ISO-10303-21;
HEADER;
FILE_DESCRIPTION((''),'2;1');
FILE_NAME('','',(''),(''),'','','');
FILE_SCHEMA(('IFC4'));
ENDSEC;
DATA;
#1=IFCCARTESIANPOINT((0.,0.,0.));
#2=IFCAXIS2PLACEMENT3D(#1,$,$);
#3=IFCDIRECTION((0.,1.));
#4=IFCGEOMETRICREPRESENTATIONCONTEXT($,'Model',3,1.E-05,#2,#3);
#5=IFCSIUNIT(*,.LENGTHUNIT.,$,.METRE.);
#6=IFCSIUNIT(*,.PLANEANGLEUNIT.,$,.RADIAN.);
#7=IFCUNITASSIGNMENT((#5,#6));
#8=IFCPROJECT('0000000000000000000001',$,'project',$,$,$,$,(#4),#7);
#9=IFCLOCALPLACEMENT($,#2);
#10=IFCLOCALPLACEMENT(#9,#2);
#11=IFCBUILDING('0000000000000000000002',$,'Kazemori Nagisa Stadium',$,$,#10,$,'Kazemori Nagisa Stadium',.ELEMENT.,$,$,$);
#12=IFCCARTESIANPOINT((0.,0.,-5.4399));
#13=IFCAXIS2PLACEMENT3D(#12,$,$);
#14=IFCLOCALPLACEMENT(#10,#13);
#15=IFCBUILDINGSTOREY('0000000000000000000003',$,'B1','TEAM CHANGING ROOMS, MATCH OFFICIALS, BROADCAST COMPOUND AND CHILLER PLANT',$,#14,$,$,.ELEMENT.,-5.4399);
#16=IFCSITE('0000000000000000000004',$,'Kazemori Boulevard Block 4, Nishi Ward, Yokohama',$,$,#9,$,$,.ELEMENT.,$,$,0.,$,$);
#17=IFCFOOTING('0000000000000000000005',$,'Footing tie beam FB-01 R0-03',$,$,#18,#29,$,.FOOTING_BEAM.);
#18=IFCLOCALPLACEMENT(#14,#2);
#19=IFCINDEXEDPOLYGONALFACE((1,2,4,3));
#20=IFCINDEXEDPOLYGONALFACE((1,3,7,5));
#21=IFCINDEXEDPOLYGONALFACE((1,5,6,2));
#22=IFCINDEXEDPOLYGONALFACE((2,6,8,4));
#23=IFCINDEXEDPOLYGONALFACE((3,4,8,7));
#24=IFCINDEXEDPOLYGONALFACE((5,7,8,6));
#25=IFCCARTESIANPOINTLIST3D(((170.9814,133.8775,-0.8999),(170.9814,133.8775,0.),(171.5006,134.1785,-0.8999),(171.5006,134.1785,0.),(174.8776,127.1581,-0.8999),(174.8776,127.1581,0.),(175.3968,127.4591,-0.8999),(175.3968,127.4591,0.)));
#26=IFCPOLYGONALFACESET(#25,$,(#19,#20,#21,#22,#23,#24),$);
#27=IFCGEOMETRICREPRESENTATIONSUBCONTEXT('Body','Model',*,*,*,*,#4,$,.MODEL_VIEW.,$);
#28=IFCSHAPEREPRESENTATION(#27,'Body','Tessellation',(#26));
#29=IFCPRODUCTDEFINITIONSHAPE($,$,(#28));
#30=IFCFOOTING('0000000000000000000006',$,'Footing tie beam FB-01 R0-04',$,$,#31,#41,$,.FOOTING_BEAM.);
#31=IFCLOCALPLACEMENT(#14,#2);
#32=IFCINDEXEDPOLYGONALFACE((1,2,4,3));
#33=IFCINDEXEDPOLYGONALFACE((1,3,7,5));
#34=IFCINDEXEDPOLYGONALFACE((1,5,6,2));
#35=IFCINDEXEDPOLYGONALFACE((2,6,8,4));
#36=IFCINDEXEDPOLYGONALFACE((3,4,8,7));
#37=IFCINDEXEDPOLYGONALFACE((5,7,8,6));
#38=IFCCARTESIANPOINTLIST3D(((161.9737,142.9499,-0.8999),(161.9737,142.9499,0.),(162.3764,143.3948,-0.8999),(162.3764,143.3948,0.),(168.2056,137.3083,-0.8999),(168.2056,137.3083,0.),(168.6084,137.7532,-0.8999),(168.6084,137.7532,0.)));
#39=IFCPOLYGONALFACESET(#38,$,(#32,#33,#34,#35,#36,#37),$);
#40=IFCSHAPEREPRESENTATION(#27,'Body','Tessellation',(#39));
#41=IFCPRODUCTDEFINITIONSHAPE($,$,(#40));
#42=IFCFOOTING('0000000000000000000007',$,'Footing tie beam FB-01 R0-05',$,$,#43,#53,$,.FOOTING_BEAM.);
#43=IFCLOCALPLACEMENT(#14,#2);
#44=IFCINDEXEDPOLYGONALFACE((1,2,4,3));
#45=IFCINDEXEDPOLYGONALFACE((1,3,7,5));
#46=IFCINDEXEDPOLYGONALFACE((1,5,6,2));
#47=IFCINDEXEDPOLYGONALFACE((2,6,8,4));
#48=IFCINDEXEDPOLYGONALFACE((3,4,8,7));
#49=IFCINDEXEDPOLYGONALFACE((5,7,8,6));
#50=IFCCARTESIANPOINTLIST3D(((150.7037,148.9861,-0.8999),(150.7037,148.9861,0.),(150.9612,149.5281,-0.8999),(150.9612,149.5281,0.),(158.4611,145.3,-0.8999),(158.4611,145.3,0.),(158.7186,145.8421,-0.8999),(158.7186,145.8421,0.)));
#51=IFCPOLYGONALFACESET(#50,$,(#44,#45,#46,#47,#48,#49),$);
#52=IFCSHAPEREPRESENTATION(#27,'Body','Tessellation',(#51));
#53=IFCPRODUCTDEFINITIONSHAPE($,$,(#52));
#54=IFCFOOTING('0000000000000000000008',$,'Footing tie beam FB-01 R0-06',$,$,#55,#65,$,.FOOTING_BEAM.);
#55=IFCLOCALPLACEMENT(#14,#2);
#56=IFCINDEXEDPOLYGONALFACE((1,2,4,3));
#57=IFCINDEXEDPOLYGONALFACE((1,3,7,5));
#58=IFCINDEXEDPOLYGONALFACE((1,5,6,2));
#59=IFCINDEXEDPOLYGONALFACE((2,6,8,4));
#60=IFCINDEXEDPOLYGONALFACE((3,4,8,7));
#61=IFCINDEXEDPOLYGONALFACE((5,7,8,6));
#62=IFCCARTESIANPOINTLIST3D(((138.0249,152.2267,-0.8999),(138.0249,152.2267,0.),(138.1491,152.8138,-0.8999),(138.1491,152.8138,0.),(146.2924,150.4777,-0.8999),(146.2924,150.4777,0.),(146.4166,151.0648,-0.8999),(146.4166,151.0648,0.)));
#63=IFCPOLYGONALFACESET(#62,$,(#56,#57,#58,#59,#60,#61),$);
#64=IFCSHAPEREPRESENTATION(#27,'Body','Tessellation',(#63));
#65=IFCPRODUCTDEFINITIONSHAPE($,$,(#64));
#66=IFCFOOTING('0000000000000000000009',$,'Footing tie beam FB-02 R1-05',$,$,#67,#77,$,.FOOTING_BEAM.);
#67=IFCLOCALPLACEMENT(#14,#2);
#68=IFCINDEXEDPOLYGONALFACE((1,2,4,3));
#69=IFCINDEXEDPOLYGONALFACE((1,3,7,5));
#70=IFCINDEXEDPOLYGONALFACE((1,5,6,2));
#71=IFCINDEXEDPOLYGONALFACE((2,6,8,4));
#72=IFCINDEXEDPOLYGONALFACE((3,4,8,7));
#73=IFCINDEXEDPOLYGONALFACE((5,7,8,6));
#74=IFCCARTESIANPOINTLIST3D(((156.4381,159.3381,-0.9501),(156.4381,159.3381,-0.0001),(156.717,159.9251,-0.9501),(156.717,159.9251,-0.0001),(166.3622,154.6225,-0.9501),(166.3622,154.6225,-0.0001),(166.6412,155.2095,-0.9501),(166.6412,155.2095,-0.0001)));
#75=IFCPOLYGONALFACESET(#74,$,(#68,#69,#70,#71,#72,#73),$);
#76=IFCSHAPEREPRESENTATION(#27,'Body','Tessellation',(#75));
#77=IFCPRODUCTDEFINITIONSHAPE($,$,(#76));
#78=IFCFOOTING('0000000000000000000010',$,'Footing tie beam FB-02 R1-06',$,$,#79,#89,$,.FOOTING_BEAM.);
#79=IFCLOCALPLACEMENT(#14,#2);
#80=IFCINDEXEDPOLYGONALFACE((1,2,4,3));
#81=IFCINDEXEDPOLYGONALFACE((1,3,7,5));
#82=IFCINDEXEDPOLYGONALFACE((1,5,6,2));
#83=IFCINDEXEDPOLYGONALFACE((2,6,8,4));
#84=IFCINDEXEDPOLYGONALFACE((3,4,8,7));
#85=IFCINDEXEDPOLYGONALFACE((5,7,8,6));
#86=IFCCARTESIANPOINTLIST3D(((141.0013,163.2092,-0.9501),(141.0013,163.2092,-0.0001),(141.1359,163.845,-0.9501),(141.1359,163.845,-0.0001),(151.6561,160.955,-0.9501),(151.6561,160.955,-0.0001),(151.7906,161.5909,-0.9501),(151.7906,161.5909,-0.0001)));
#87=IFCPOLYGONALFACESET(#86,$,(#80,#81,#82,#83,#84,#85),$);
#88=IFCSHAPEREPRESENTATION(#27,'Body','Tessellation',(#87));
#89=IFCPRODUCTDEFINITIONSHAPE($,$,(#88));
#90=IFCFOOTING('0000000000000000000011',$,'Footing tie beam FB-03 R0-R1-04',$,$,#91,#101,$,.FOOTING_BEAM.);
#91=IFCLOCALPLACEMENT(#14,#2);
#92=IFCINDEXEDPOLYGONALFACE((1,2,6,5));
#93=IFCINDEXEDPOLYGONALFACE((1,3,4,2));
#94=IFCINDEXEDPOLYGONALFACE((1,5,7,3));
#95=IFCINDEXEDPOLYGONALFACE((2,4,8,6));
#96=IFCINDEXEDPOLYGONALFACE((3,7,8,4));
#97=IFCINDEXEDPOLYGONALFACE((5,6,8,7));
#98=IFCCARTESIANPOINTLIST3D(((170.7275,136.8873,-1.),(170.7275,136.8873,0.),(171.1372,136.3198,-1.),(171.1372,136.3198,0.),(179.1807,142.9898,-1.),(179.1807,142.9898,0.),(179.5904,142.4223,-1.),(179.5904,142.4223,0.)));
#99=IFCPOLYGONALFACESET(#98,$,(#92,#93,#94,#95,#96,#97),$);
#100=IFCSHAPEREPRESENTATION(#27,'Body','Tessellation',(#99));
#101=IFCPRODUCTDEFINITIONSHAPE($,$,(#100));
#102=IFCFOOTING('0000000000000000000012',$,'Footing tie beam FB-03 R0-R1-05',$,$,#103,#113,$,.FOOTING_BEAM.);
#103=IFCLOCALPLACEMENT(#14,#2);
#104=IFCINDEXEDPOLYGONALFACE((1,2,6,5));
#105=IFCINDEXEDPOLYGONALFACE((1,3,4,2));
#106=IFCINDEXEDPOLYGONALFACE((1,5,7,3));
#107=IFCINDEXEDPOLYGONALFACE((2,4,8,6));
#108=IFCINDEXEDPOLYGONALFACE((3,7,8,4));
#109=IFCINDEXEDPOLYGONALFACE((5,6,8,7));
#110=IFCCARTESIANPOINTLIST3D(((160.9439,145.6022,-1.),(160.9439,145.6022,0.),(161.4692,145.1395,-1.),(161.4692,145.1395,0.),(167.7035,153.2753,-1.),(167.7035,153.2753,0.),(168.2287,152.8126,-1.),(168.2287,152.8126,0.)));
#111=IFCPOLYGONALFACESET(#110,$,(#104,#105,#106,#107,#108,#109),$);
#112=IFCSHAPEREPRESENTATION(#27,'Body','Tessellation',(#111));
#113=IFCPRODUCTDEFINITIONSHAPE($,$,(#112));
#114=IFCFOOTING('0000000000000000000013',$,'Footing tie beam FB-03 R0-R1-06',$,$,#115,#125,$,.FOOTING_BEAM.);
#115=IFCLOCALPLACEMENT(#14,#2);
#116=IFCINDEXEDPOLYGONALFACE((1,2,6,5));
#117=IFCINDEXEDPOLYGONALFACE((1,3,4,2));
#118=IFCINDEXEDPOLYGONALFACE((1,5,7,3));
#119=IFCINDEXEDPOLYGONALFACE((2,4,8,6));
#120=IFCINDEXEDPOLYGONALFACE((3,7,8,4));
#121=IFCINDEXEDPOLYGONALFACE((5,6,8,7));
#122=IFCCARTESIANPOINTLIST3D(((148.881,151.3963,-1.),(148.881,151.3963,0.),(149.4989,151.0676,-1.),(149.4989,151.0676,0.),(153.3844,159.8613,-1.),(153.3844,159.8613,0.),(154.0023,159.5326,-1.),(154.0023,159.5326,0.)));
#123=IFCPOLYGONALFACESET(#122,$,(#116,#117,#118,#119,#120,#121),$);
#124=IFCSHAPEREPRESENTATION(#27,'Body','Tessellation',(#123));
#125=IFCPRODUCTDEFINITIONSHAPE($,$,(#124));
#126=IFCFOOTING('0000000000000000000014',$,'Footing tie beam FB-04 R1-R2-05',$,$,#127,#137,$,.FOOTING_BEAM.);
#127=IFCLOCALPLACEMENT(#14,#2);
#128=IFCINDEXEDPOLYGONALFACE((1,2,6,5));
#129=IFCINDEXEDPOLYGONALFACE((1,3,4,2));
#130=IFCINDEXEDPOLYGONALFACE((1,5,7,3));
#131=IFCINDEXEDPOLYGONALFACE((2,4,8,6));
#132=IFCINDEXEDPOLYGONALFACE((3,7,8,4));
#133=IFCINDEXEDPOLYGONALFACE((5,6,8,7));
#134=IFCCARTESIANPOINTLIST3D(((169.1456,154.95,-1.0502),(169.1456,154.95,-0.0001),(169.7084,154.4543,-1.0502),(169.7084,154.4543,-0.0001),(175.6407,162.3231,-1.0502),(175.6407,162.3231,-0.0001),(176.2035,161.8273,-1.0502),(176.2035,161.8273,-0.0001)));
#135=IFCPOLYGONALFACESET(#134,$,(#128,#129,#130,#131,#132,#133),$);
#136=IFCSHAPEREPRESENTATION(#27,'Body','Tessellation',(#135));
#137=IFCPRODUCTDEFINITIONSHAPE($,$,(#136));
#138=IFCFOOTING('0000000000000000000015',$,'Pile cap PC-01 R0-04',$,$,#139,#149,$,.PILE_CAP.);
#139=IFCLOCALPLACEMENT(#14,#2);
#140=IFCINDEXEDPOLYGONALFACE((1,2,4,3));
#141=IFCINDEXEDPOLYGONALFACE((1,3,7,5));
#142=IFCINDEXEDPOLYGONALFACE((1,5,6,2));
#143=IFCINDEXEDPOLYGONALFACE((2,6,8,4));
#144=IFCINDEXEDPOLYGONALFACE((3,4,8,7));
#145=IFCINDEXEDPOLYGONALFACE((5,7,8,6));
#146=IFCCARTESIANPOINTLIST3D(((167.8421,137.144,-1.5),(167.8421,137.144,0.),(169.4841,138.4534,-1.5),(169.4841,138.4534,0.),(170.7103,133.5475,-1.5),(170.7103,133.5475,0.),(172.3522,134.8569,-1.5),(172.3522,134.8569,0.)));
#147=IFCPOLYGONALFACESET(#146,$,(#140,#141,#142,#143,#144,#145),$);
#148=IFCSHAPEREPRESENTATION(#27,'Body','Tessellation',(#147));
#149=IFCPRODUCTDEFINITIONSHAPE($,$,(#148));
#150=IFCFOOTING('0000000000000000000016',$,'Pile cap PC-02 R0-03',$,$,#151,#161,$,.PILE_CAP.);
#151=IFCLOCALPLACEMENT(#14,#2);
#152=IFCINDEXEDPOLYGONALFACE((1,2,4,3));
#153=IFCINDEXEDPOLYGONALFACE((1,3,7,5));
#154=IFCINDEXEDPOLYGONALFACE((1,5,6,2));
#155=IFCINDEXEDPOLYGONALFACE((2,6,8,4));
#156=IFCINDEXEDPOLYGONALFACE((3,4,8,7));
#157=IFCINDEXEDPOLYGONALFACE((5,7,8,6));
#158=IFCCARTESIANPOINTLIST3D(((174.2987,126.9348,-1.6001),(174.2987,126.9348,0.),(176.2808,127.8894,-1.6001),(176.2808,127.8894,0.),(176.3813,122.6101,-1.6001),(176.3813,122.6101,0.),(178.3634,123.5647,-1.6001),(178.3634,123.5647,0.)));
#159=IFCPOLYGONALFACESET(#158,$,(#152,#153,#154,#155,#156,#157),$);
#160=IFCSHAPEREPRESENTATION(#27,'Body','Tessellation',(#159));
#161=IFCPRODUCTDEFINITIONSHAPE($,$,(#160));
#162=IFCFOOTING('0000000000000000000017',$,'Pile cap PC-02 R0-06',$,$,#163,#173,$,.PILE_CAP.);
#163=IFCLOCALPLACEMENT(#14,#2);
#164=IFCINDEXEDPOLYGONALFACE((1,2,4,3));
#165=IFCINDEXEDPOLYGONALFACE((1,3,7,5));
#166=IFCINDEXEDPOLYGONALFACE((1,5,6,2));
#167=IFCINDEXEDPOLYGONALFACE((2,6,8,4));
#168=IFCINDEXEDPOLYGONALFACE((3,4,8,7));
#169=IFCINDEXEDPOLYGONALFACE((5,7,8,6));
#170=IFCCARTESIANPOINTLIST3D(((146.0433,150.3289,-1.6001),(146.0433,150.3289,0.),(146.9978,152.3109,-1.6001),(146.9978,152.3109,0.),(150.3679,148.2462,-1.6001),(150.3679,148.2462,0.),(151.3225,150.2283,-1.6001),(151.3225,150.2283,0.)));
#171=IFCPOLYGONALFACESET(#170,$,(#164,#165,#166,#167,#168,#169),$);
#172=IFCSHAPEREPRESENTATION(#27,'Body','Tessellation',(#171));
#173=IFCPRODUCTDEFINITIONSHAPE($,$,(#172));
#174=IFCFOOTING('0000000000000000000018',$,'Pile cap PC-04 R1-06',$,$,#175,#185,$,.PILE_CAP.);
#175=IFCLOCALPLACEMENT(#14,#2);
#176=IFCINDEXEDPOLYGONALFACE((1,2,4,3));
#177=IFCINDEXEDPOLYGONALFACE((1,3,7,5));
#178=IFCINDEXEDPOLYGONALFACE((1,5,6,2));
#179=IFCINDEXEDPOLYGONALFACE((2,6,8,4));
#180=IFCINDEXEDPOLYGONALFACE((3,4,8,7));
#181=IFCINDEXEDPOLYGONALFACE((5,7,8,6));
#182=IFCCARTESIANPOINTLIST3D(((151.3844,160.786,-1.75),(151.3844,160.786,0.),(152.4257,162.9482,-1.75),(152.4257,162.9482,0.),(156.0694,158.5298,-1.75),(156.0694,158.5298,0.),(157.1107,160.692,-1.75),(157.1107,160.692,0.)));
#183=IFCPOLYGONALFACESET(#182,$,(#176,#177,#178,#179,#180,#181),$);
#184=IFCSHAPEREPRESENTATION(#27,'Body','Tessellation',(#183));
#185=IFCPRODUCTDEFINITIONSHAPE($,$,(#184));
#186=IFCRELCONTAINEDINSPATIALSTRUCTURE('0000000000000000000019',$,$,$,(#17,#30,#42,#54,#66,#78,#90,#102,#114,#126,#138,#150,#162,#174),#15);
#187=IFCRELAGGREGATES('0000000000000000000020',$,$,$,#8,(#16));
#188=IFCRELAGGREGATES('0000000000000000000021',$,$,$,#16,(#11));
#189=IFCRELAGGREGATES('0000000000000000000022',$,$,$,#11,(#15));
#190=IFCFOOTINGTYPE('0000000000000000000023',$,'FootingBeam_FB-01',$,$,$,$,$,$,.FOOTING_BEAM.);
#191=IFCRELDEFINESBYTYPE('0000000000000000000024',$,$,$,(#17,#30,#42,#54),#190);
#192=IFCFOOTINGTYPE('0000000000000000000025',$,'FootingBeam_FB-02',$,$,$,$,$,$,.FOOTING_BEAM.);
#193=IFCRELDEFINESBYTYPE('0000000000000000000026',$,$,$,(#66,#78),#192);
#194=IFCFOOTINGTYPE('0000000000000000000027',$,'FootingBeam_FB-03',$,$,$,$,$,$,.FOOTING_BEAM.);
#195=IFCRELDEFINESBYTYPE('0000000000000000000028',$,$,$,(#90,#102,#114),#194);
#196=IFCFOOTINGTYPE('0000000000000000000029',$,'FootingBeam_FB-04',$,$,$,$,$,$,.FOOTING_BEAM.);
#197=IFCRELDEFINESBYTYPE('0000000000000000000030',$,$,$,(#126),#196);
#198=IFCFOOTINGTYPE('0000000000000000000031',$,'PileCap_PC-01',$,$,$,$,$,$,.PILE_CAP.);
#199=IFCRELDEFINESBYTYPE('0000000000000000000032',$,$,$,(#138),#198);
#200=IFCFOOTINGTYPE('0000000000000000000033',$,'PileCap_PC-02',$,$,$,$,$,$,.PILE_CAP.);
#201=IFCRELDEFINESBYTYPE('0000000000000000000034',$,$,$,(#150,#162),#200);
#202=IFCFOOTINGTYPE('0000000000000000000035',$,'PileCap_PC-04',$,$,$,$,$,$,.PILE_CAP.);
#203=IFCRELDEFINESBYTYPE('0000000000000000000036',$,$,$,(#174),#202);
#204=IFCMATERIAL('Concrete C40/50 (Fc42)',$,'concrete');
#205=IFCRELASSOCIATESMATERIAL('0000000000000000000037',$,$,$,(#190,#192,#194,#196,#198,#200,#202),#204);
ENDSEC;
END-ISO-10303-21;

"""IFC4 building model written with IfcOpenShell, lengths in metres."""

from ifc_helpers import new_model, si_unit, direction, frame, origin, origin_2d, place, context, subcontext, project, spatial, rectangle, extrude, material, material_profile, profile_set, type_object, element, save


model = new_model("IFC4")

# Units and contexts
model_context = context("Model", 3, precision=1e-05, world=origin(), true_north=direction((0.0, 1.0)))
body_context = subcontext(model_context, "Body", "Model", "MODEL_VIEW")
ifc_project = project(units=[si_unit("LENGTHUNIT", "METRE"), si_unit("PLANEANGLEUNIT", "RADIAN")], contexts=[model_context])

# Site, building, storey
site_placement = place(None, origin())
site = spatial("IfcSite", under=ifc_project, at=site_placement, Name="Kazemori Boulevard Block 4, Nishi Ward, Yokohama", CompositionType="ELEMENT", RefElevation=0.0)
building_placement = place(site_placement, origin())
building = spatial("IfcBuilding", under=site, at=building_placement, Name="Kazemori Nagisa Stadium", LongName="Kazemori Nagisa Stadium", CompositionType="ELEMENT")
storey_placement = place(building_placement, frame((0.0, 0.0, -5.4399)))
storey = spatial("IfcBuildingStorey", under=building, at=storey_placement, Name="B1", Description="TEAM CHANGING ROOMS, MATCH OFFICIALS, BROADCAST COMPOUND AND CHILLER PLANT", CompositionType="ELEMENT", Elevation=-5.4399)

# Footings
ifc_material_1 = material(Name="Concrete C40/50 (Fc42)", Category="concrete")
ifc_material_profile_1 = material_profile(ifc_material_1, rectangle(XDim=0.6001, YDim=0.8999, at=origin_2d()), Name="RC-FB-600x900")
ifc_profile_set_1 = profile_set([ifc_material_profile_1], Name="Concrete C40/50 (Fc42)")
footing_type_1 = type_object("IfcFootingType", Name="FootingBeam_FB-01", PredefinedType="FOOTING_BEAM", material=ifc_profile_set_1)
footing_1_placement = place(storey_placement, frame((175.1372, 127.3086, -0.45), z_axis=(-0.501616, 0.86509, 0.0), x_axis=(-0.86509, -0.501616, 0.0)))
element("IfcFooting", 1, at=footing_1_placement, inside=storey, type_object=footing_type_1, Name="Footing tie beam FB-01 R0-03", PredefinedType="FOOTING_BEAM", context=body_context, shape_type="SweptSolid", body=[
    extrude(rectangle(XDim=0.6001, YDim=0.8999, at=origin_2d()), origin(), (0.0, 0.0, 1.0), 7.7673),
])
footing_2_placement = place(storey_placement, frame((168.407, 137.5308, -0.45), z_axis=(-0.741347, 0.671122, 0.0), x_axis=(-0.671122, -0.741347, 0.0)))
element("IfcFooting", 2, at=footing_2_placement, inside=storey, type_object=footing_type_1, Name="Footing tie beam FB-01 R0-04", PredefinedType="FOOTING_BEAM", context=body_context, shape_type="SweptSolid", body=[
    extrude(rectangle(XDim=0.6001, YDim=0.8999, at=origin_2d()), origin(), (0.0, 0.0, 1.0), 8.4062),
])
footing_3_placement = place(storey_placement, frame((158.5898, 145.571, -0.45), z_axis=(-0.903219, 0.429181, 0.0), x_axis=(-0.429181, -0.903219, 0.0)))
element("IfcFooting", 3, at=footing_3_placement, inside=storey, type_object=footing_type_1, Name="Footing tie beam FB-01 R0-05", PredefinedType="FOOTING_BEAM", context=body_context, shape_type="SweptSolid", body=[
    extrude(rectangle(XDim=0.6001, YDim=0.8999, at=origin_2d()), origin(), (0.0, 0.0, 1.0), 8.5886),
])
footing_4_placement = place(storey_placement, frame((146.3545, 150.7712, -0.45), z_axis=(-0.978346, 0.206977, 0.0), x_axis=(-0.206977, -0.978346, 0.0)))
element("IfcFooting", 4, at=footing_4_placement, inside=storey, type_object=footing_type_1, Name="Footing tie beam FB-01 R0-06", PredefinedType="FOOTING_BEAM", context=body_context, shape_type="SweptSolid", body=[
    extrude(rectangle(XDim=0.6001, YDim=0.8999, at=origin_2d()), origin(), (0.0, 0.0, 1.0), 8.4504),
])
ifc_material_profile_2 = material_profile(ifc_material_1, rectangle(XDim=0.6499, YDim=0.95, at=origin_2d()), Name="RC-FB-650x950")
ifc_profile_set_2 = profile_set([ifc_material_profile_2], Name="Concrete C40/50 (Fc42)")
footing_type_2 = type_object("IfcFootingType", Name="FootingBeam_FB-02", PredefinedType="FOOTING_BEAM", material=ifc_profile_set_2)
footing_5_placement = place(storey_placement, frame((166.5017, 154.916, -0.4751), z_axis=(-0.90322, 0.429179, 0.0), x_axis=(-0.429179, -0.90322, 0.0)))
element("IfcFooting", 5, at=footing_5_placement, inside=storey, type_object=footing_type_2, Name="Footing tie beam FB-02 R1-05", PredefinedType="FOOTING_BEAM", context=body_context, shape_type="SweptSolid", body=[
    extrude(rectangle(XDim=0.6499, YDim=0.95, at=origin_2d()), origin(), (0.0, 0.0, 1.0), 10.9875),
])
footing_6_placement = place(storey_placement, frame((151.7234, 161.2729, -0.4751), z_axis=(-0.978345, 0.206981, 0.0), x_axis=(-0.206981, -0.978345, 0.0)))
element("IfcFooting", 6, at=footing_6_placement, inside=storey, type_object=footing_type_2, Name="Footing tie beam FB-02 R1-06", PredefinedType="FOOTING_BEAM", context=body_context, shape_type="SweptSolid", body=[
    extrude(rectangle(XDim=0.6499, YDim=0.95, at=origin_2d()), origin(), (0.0, 0.0, 1.0), 10.8906),
])
ifc_material_profile_3 = material_profile(ifc_material_1, rectangle(XDim=0.7, YDim=1.0, at=origin_2d()), Name="RC-FB-700x1000")
ifc_profile_set_3 = profile_set([ifc_material_profile_3], Name="Concrete C40/50 (Fc42)")
footing_type_3 = type_object("IfcFootingType", Name="FootingBeam_FB-03", PredefinedType="FOOTING_BEAM", material=ifc_profile_set_3)
footing_7_placement = place(storey_placement, frame((170.9324, 136.6035, -0.5), z_axis=(0.810793, 0.585333, 0.0), x_axis=(-0.585333, 0.810793, 0.0)))
element("IfcFooting", 7, at=footing_7_placement, inside=storey, type_object=footing_type_3, Name="Footing tie beam FB-03 R0-R1-04", PredefinedType="FOOTING_BEAM", context=body_context, shape_type="SweptSolid", body=[
    extrude(rectangle(XDim=0.7, YDim=1.0, at=origin_2d()), origin(), (0.0, 0.0, 1.0), 10.4258),
])
footing_8_placement = place(storey_placement, frame((161.2065, 145.3708, -0.5), z_axis=(0.661024, 0.750364, 0.0), x_axis=(-0.750364, 0.661024, 0.0)))
element("IfcFooting", 8, at=footing_8_placement, inside=storey, type_object=footing_type_3, Name="Footing tie beam FB-03 R0-R1-05", PredefinedType="FOOTING_BEAM", context=body_context, shape_type="SweptSolid", body=[
    extrude(rectangle(XDim=0.7, YDim=1.0, at=origin_2d()), origin(), (0.0, 0.0, 1.0), 10.2258),
])
footing_9_placement = place(storey_placement, frame((149.1899, 151.2319, -0.5), z_axis=(0.469671, 0.882842, 0.0), x_axis=(-0.882842, 0.469671, 0.0)))
element("IfcFooting", 9, at=footing_9_placement, inside=storey, type_object=footing_type_3, Name="Footing tie beam FB-03 R0-R1-06", PredefinedType="FOOTING_BEAM", context=body_context, shape_type="SweptSolid", body=[
    extrude(rectangle(XDim=0.7, YDim=1.0, at=origin_2d()), origin(), (0.0, 0.0, 1.0), 9.5884),
])
ifc_material_profile_4 = material_profile(ifc_material_1, rectangle(XDim=0.75, YDim=1.05, at=origin_2d()), Name="RC-FB-750x1050")
ifc_profile_set_4 = profile_set([ifc_material_profile_4], Name="Concrete C40/50 (Fc42)")
footing_type_4 = type_object("IfcFootingType", Name="FootingBeam_FB-04", PredefinedType="FOOTING_BEAM", material=ifc_profile_set_4)
footing_10_placement = place(storey_placement, frame((169.427, 154.7021, -0.5251), z_axis=(0.66102, 0.750368, 0.0), x_axis=(-0.750368, 0.66102, 0.0)))
element("IfcFooting", 10, at=footing_10_placement, inside=storey, type_object=footing_type_4, Name="Footing tie beam FB-04 R1-R2-05", PredefinedType="FOOTING_BEAM", context=body_context, shape_type="SweptSolid", body=[
    extrude(rectangle(XDim=0.75, YDim=1.05, at=origin_2d()), origin(), (0.0, 0.0, 1.0), 9.8259),
])
footing_type_5 = type_object("IfcFootingType", Name="PileCap_PC-01", PredefinedType="PILE_CAP", material=ifc_material_1)
footing_11_placement = place(storey_placement, frame((170.0972, 136.0005, -1.5), z_axis=(0.0, 0.0, 1.0), x_axis=(-0.62349, 0.781831, 0.0)))
element("IfcFooting", 11, at=footing_11_placement, inside=storey, type_object=footing_type_5, Name="Pile cap PC-01 R0-04", PredefinedType="PILE_CAP", context=body_context, shape_type="SweptSolid", body=[
    extrude(rectangle(XDim=4.6001, YDim=2.1001, at=origin_2d()), origin(), (0.0, 0.0, 1.0), 1.5),
])
footing_type_6 = type_object("IfcFootingType", Name="PileCap_PC-02", PredefinedType="PILE_CAP", material=ifc_material_1)
for number, where, z_axis, x_axis, name in (
    (12, (176.3311, 125.2498, -1.6001), (0.0, 0.0, 1.0), (-0.433884, 0.900969, 0.0), "Pile cap PC-02 R0-03"),
    (13, (148.6829, 150.2786, -1.6001), (0.0, 0.0, 1.0), (-0.900969, 0.433884, 0.0), "Pile cap PC-02 R0-06"),
):
    element("IfcFooting", number, at=place(storey_placement, frame(where, z_axis=z_axis, x_axis=x_axis)), inside=storey, type_object=footing_type_6, Name=name, PredefinedType="PILE_CAP", context=body_context, shape_type="SweptSolid", body=[
        extrude(rectangle(XDim=4.8, YDim=2.2, at=origin_2d()), origin(), (0.0, 0.0, 1.0), 1.6001),
    ])
footing_type_7 = type_object("IfcFootingType", Name="PileCap_PC-04", PredefinedType="PILE_CAP", material=ifc_material_1)
footing_12_placement = place(storey_placement, frame((154.2476, 160.739, -1.75), z_axis=(0.0, 0.0, 1.0), x_axis=(-0.900969, 0.433884, 0.0)))
element("IfcFooting", 14, at=footing_12_placement, inside=storey, type_object=footing_type_7, Name="Pile cap PC-04 R1-06", PredefinedType="PILE_CAP", context=body_context, shape_type="SweptSolid", body=[
    extrude(rectangle(XDim=5.2, YDim=2.3999, at=origin_2d()), origin(), (0.0, 0.0, 1.0), 1.75),
])

save(model, "model.ifc")
